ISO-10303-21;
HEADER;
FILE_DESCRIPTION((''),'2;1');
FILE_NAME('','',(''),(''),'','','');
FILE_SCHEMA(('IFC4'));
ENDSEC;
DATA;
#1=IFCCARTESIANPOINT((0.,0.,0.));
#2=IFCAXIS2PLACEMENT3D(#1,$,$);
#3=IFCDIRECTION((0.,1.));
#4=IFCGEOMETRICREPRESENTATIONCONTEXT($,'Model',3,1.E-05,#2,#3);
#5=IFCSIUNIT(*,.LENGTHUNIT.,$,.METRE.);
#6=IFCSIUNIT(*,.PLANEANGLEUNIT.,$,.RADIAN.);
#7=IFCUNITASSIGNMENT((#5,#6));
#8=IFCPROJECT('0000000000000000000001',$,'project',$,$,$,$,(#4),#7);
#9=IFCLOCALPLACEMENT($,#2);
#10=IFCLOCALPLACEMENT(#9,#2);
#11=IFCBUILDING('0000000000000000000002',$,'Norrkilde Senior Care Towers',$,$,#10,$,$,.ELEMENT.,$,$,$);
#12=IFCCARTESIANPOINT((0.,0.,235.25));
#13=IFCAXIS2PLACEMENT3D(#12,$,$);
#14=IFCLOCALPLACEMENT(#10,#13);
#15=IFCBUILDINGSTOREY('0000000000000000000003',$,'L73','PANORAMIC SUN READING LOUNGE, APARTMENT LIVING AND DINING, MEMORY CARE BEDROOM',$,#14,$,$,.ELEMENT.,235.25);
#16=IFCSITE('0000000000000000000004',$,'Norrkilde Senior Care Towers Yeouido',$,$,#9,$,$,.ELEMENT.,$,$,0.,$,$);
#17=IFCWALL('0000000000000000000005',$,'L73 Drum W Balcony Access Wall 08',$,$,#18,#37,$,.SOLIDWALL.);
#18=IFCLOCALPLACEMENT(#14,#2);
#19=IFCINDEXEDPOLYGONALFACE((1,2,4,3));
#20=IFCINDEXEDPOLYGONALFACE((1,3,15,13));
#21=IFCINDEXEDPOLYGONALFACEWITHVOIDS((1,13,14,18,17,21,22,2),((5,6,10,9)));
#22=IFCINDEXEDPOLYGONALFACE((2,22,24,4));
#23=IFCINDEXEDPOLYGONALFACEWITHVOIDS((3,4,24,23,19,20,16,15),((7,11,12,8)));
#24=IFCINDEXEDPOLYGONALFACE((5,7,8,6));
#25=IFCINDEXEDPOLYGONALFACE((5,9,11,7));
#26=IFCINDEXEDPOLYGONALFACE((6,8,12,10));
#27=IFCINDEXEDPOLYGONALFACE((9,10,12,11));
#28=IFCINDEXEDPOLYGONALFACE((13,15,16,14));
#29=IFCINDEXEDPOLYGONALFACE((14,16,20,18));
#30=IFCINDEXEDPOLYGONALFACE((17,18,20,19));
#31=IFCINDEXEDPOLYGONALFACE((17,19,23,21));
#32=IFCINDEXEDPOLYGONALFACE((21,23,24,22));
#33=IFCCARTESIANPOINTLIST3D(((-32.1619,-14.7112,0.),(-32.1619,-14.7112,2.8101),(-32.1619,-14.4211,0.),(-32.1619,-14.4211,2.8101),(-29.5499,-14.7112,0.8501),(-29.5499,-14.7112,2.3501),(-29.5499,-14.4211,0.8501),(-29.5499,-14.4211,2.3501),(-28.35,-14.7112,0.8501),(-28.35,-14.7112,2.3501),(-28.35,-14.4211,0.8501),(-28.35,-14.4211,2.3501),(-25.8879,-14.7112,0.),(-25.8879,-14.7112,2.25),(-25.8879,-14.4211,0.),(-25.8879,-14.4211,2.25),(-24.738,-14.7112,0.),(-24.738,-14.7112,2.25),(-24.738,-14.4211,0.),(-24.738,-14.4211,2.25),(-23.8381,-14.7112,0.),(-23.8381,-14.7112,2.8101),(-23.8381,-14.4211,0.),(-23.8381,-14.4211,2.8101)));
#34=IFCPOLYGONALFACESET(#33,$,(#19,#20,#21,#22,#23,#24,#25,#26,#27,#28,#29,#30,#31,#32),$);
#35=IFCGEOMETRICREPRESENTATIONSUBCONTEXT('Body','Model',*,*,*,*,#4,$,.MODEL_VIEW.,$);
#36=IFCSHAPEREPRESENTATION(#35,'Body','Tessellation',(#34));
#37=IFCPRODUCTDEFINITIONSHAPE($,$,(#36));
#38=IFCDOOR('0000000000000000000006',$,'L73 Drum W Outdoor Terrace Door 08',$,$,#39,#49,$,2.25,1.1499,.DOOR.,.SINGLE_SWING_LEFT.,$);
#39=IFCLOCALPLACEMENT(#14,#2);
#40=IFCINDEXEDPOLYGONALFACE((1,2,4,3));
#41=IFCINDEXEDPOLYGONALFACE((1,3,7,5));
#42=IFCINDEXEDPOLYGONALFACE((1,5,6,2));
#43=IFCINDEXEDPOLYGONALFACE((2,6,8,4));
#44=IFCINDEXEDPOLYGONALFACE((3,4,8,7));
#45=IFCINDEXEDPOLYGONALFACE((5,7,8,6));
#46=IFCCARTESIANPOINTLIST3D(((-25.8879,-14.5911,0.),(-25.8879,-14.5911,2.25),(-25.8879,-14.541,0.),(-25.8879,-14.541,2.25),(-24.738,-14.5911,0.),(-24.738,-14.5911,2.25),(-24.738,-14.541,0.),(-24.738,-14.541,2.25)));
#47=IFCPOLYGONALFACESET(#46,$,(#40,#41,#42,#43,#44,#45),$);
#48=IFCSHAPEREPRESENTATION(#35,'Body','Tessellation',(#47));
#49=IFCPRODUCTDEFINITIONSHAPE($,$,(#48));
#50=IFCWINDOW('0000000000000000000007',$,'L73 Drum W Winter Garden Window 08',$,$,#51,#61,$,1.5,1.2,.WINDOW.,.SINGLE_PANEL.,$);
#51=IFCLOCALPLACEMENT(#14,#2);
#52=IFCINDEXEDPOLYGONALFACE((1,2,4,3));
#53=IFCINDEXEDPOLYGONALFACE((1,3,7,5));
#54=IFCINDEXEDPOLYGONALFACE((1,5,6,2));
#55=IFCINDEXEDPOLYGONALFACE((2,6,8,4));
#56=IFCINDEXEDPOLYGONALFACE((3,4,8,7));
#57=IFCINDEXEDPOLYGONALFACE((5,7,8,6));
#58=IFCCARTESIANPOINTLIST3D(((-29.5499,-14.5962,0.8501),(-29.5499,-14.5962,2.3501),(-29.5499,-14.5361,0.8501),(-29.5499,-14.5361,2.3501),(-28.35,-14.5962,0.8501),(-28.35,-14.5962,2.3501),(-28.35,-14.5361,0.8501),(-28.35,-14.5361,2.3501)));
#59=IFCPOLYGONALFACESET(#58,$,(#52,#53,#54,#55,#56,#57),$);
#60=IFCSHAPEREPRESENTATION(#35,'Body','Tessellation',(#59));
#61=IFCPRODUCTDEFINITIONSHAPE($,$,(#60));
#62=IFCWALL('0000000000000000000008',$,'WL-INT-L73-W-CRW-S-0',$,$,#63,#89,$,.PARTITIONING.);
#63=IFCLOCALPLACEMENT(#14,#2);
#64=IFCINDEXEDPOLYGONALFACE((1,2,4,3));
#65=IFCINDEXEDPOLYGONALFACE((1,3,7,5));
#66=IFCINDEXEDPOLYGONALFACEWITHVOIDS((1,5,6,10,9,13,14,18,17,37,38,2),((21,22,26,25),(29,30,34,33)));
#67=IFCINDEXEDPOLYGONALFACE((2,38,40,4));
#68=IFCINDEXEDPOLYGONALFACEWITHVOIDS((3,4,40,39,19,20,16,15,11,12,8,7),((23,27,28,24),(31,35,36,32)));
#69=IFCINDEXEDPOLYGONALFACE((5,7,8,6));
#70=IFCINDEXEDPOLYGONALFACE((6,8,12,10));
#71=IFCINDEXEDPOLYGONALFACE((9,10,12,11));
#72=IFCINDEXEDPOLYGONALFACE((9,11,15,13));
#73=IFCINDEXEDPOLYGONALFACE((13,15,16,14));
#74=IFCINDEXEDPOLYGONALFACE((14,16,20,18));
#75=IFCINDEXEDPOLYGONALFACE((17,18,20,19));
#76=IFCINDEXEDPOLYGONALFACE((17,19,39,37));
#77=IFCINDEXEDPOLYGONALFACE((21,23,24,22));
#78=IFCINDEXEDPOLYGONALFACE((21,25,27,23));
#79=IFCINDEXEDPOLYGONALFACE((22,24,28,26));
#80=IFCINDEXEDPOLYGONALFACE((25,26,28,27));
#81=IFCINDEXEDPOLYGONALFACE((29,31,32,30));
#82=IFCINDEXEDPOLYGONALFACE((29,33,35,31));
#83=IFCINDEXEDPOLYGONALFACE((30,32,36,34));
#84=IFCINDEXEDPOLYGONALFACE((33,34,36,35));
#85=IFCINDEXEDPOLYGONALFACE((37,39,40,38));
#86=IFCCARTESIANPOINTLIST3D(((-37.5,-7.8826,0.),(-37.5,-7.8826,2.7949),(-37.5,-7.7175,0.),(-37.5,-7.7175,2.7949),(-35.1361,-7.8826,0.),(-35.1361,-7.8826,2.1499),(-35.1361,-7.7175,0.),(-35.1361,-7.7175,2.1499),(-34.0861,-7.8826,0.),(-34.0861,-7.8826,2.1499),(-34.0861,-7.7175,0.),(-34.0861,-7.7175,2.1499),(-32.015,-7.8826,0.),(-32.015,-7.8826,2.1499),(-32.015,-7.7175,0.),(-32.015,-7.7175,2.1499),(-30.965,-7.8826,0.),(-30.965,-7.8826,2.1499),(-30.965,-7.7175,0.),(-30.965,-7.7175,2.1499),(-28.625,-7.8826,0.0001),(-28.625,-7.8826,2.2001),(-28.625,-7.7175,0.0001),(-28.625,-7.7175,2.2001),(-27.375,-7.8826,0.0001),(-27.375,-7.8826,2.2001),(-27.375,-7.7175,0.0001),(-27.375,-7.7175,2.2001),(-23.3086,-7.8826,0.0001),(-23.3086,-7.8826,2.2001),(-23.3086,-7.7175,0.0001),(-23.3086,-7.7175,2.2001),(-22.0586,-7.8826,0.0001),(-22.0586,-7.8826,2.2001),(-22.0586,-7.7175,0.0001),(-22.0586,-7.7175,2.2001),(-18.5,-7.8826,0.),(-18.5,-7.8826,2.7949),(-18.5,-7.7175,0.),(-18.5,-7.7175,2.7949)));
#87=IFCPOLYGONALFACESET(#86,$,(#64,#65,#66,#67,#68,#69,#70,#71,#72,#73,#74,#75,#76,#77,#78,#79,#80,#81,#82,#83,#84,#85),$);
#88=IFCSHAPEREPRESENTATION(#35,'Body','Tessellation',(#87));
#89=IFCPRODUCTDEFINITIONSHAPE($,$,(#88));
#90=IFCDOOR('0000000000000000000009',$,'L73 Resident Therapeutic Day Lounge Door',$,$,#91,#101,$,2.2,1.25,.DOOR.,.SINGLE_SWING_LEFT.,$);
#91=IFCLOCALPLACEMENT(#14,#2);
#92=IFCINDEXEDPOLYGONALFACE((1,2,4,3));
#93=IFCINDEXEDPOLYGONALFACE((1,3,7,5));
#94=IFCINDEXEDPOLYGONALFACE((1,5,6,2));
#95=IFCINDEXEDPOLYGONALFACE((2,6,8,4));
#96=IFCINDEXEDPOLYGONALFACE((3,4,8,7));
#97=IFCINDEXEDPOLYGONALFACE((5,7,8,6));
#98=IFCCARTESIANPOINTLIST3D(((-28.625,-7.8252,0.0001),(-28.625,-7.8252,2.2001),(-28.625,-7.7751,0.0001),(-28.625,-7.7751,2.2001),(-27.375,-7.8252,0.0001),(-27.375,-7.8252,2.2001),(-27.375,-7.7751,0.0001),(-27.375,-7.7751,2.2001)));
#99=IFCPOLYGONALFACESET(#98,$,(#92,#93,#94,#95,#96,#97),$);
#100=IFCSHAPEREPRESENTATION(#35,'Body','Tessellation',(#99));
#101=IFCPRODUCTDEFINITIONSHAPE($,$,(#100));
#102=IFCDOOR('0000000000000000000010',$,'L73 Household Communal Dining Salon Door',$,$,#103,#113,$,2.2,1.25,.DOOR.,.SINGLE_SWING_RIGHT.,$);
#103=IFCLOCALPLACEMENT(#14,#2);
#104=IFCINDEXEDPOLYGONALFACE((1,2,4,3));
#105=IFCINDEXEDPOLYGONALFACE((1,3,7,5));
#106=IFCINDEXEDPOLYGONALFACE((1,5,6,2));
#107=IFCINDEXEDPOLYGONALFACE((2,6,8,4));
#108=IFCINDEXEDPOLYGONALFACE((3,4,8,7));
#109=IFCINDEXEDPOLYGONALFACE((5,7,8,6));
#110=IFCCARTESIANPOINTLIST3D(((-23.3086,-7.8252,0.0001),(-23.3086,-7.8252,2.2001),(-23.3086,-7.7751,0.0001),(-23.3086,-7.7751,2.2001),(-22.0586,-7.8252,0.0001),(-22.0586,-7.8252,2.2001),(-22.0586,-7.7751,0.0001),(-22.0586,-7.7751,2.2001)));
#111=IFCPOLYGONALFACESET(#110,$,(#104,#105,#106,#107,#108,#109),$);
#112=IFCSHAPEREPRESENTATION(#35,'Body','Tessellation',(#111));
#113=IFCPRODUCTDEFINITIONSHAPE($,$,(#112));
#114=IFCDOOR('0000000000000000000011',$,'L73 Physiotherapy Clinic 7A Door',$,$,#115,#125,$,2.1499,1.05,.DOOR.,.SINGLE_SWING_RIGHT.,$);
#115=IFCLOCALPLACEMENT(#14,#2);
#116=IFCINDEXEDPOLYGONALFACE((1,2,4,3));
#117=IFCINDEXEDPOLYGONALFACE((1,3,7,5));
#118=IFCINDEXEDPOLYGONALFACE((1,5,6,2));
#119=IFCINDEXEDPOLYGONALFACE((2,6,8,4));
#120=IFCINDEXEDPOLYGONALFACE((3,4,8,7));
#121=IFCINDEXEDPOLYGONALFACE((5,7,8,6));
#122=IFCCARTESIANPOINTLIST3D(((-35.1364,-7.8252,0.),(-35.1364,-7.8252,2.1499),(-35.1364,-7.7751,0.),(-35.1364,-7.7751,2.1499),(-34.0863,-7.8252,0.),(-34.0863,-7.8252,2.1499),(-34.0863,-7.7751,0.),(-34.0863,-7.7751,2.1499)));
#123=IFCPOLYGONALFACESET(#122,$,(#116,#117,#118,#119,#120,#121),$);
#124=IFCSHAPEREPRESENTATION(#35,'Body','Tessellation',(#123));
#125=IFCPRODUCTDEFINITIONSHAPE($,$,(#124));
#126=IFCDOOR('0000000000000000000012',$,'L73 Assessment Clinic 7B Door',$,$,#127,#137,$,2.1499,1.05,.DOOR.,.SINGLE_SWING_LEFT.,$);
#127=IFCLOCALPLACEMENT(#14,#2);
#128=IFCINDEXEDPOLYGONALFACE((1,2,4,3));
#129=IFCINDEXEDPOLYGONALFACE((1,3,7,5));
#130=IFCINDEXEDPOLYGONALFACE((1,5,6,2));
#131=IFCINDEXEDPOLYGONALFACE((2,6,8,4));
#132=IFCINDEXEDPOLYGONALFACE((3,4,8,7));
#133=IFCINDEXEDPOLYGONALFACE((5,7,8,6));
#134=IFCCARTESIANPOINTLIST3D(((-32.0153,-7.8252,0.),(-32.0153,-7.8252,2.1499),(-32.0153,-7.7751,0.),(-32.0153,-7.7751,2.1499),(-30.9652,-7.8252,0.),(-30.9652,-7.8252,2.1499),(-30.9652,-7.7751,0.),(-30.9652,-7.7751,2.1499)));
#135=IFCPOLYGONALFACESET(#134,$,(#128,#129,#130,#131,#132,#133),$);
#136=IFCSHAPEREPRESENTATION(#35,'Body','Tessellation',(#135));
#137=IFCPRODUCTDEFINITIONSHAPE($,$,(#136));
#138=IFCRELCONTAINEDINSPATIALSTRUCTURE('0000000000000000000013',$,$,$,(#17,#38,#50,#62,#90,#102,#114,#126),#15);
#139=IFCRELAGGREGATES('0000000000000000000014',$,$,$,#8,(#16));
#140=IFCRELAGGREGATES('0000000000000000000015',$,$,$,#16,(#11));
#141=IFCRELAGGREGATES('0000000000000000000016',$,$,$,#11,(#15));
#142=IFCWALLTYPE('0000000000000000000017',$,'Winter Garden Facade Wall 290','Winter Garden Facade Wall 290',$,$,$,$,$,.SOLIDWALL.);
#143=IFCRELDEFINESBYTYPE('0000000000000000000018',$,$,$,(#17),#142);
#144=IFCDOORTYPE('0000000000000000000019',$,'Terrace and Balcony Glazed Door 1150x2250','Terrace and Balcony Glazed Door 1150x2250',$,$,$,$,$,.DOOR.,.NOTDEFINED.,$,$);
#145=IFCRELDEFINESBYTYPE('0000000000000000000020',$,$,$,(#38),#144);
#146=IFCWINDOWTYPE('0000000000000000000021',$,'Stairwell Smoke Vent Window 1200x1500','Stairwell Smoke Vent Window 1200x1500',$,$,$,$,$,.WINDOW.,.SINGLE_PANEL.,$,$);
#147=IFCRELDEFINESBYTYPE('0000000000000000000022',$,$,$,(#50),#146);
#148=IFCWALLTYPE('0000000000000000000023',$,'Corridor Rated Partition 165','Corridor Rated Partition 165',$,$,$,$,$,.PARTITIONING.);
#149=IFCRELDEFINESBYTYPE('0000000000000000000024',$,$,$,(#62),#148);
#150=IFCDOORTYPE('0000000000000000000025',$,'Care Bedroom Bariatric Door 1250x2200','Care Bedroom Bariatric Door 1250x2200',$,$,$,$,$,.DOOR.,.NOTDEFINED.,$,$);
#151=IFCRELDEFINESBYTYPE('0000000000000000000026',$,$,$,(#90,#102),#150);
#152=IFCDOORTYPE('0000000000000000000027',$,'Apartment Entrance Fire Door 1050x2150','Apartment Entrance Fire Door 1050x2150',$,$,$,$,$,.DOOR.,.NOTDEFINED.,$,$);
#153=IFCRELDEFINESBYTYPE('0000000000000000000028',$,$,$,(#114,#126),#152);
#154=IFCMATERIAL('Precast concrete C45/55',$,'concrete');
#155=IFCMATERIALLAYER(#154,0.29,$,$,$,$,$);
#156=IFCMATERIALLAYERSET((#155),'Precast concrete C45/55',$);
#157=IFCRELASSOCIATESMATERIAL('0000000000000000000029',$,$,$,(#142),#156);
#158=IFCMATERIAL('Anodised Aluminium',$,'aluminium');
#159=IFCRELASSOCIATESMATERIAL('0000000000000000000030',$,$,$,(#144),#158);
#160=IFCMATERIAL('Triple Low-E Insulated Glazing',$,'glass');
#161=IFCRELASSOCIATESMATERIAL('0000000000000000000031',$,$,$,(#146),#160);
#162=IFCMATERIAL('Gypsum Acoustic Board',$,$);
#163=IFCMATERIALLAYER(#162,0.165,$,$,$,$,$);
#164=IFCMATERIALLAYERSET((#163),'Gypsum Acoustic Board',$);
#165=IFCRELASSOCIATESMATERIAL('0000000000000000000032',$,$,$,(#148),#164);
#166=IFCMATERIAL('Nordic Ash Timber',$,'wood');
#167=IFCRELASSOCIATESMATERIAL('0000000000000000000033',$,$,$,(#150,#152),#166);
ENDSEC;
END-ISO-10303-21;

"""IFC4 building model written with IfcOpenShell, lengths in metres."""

from ifc_helpers import new_model, si_unit, direction, frame, frame_2d, origin, place, context, subcontext, project, spatial, rectangle, extrude, source, transform, mapped, material, layer, layer_set, type_object, type_shapes, element, fill, save


model = new_model("IFC4")

# Units and contexts
model_context = context("Model", 3, precision=1e-05, world=origin(), true_north=direction((0.0, 1.0)))
body_context = subcontext(model_context, "Body", "Model", "MODEL_VIEW")
ifc_project = project(units=[si_unit("LENGTHUNIT", "METRE"), si_unit("PLANEANGLEUNIT", "RADIAN")], contexts=[model_context])

# Site, building, storey
site_placement = place(None, origin())
site = spatial("IfcSite", under=ifc_project, at=site_placement, Name="Norrkilde Senior Care Towers Yeouido", CompositionType="ELEMENT", RefElevation=0.0)
building_placement = place(site_placement, origin())
building = spatial("IfcBuilding", under=site, at=building_placement, Name="Norrkilde Senior Care Towers", CompositionType="ELEMENT")
storey_placement = place(building_placement, frame((0.0, 0.0, 235.25)))
storey = spatial("IfcBuildingStorey", under=building, at=storey_placement, Name="L73", Description="PANORAMIC SUN READING LOUNGE, APARTMENT LIVING AND DINING, MEMORY CARE BEDROOM", CompositionType="ELEMENT", Elevation=235.25)

# Shared definitions
ifc_material_1 = material(Name="Triple Low-E Insulated Glazing", Category="glass")
ifc_material_2 = material(Name="Anodised Aluminium", Category="aluminium")

# Wall, openings, door, window
ifc_material_3 = material(Name="Precast concrete C45/55", Category="concrete")
ifc_layer_1 = layer(ifc_material_3, 0.29)
ifc_layer_set_1 = layer_set([ifc_layer_1], Name="Precast concrete C45/55")
wall_type_1 = type_object("IfcWallType", Name="Winter Garden Facade Wall 290", Description="Winter Garden Facade Wall 290", PredefinedType="SOLIDWALL", material=ifc_layer_set_1)
shared_shape_1 = source(origin(), body_context, "Body", "SweptSolid", [
    extrude(rectangle(XDim=8.3237, YDim=0.29, at=frame_2d((4.1619, 0.0))), origin(), (0.0, 0.0, 1.0), 2.8101),
])
type_shapes(wall_type_1, [shared_shape_1])
wall_1_placement = place(storey_placement, frame((-23.8381, -14.5662, 0.0), z_axis=(0.0, 0.0, 1.0), x_axis=(-1.0, 0.0, 0.0)))
wall_1 = element("IfcWall", 1, at=wall_1_placement, inside=storey, type_object=wall_type_1, Name="L73 Drum W Balcony Access Wall 08", PredefinedType="SOLIDWALL", context=body_context, shape_type="MappedRepresentation", body=[
    mapped(shared_shape_1, transform((0.0, 0.0, 0.0), x_axis=(1.0, 0.0, 0.0), y_axis=(0.0, 1.0, 0.0), z_axis=(0.0, 0.0, 1.0), scale=1.0)),
])
opening_1_placement = place(wall_1_placement, frame((0.8999, 0.0, 0.0)))
opening_1 = element("IfcOpeningElement", 2, at=opening_1_placement, cuts=wall_1, PredefinedType="OPENING", context=body_context, shape_type="SweptSolid", body=[
    extrude(rectangle(XDim=1.1499, YDim=2.25, at=frame_2d((0.575, 1.125))), frame((0.0, 0.155, 0.0), z_axis=(0.0, -1.0, 0.0), x_axis=(1.0, 0.0, 0.0)), (0.0, 0.0, 1.0), 0.3101),
])
opening_2_placement = place(wall_1_placement, frame((4.5117, 0.0, 0.8501)))
opening_2 = element("IfcOpeningElement", 3, at=opening_2_placement, cuts=wall_1, PredefinedType="OPENING", context=body_context, shape_type="SweptSolid", body=[
    extrude(rectangle(XDim=1.2, YDim=1.5, at=frame_2d((0.6001, 0.75))), frame((0.0, 0.155, 0.0), z_axis=(0.0, -1.0, 0.0), x_axis=(1.0, 0.0, 0.0)), (0.0, 0.0, 1.0), 0.3101),
])
door_type_1 = type_object("IfcDoorType", Name="Terrace and Balcony Glazed Door 1150x2250", Description="Terrace and Balcony Glazed Door 1150x2250", OperationType="NOTDEFINED", PredefinedType="DOOR", material=ifc_material_2)
shared_shape_2 = source(origin(), body_context, "Body", "SweptSolid", [
    extrude(rectangle(XDim=1.1499, YDim=2.25, at=frame_2d((0.575, 1.125))), frame((0.0, 0.0249, 0.0), z_axis=(0.0, -1.0, 0.0), x_axis=(1.0, 0.0, 0.0)), (0.0, 0.0, 1.0), 0.05),
])
type_shapes(door_type_1, [shared_shape_2])
door_1_placement = place(opening_1_placement, origin())
door_1 = element("IfcDoor", 4, at=door_1_placement, inside=storey, type_object=door_type_1, Name="L73 Drum W Outdoor Terrace Door 08", OperationType="SINGLE_SWING_LEFT", OverallHeight=2.25, OverallWidth=1.1499, PredefinedType="DOOR", context=body_context, shape_type="MappedRepresentation", body=[
    mapped(shared_shape_2, transform((0.0, 0.0, 0.0), x_axis=(1.0, 0.0, 0.0), y_axis=(0.0, 1.0, 0.0), z_axis=(0.0, 0.0, 1.0), scale=1.0)),
])
fill(opening_1, door_1)
window_type = type_object("IfcWindowType", Name="Stairwell Smoke Vent Window 1200x1500", Description="Stairwell Smoke Vent Window 1200x1500", PartitioningType="SINGLE_PANEL", PredefinedType="WINDOW", material=ifc_material_1)
shared_shape_3 = source(origin(), body_context, "Body", "SweptSolid", [
    extrude(rectangle(XDim=1.2, YDim=1.5, at=frame_2d((0.6001, 0.75))), frame((0.0, 0.03, 0.0), z_axis=(0.0, -1.0, 0.0), x_axis=(1.0, 0.0, 0.0)), (0.0, 0.0, 1.0), 0.0601),
])
type_shapes(window_type, [shared_shape_3])
window_placement = place(opening_2_placement, origin())
window = element("IfcWindow", 5, at=window_placement, inside=storey, type_object=window_type, Name="L73 Drum W Winter Garden Window 08", OverallHeight=1.5, OverallWidth=1.2, PartitioningType="SINGLE_PANEL", PredefinedType="WINDOW", context=body_context, shape_type="MappedRepresentation", body=[
    mapped(shared_shape_3, transform((0.0, 0.0, 0.0), x_axis=(1.0, 0.0, 0.0), y_axis=(0.0, 1.0, 0.0), z_axis=(0.0, 0.0, 1.0), scale=1.0)),
])
fill(opening_2, window)

# Wall, openings, doors
ifc_material_4 = material(Name="Gypsum Acoustic Board")
ifc_layer_2 = layer(ifc_material_4, 0.165)
ifc_layer_set_2 = layer_set([ifc_layer_2], Name="Gypsum Acoustic Board")
wall_type_2 = type_object("IfcWallType", Name="Corridor Rated Partition 165", Description="Corridor Rated Partition 165", PredefinedType="PARTITIONING", material=ifc_layer_set_2)
shared_shape_4 = source(origin(), body_context, "Body", "SweptSolid", [
    extrude(rectangle(XDim=19.0, YDim=0.165, at=frame_2d((9.5, 0.0))), origin(), (0.0, 0.0, 1.0), 2.7949),
])
type_shapes(wall_type_2, [shared_shape_4])
wall_2_placement = place(storey_placement, frame((-18.5, -7.8, 0.0), z_axis=(0.0, 0.0, 1.0), x_axis=(-1.0, 0.0, 0.0)))
wall_2 = element("IfcWall", 6, at=wall_2_placement, inside=storey, type_object=wall_type_2, Name="WL-INT-L73-W-CRW-S-0", PredefinedType="PARTITIONING", context=body_context, shape_type="MappedRepresentation", body=[
    mapped(shared_shape_4, transform((0.0, 0.0, 0.0), x_axis=(1.0, 0.0, 0.0), y_axis=(0.0, 1.0, 0.0), z_axis=(0.0, 0.0, 1.0), scale=1.0)),
])
opening_3_placement = place(wall_2_placement, frame((15.5862, 0.0, 0.0)))
opening_3 = element("IfcOpeningElement", 7, at=opening_3_placement, cuts=wall_2, PredefinedType="OPENING", context=body_context, shape_type="SweptSolid", body=[
    extrude(rectangle(XDim=1.05, YDim=2.1499, at=frame_2d((0.5249, 1.075))), frame((0.0, 0.0925, 0.0), z_axis=(0.0, -1.0, 0.0), x_axis=(1.0, 0.0, 0.0)), (0.0, 0.0, 1.0), 0.1851),
])
opening_4_placement = place(wall_2_placement, frame((12.4651, 0.0, 0.0)))
opening_4 = element("IfcOpeningElement", 8, at=opening_4_placement, cuts=wall_2, PredefinedType="OPENING", context=body_context, shape_type="SweptSolid", body=[
    extrude(rectangle(XDim=1.05, YDim=2.1499, at=frame_2d((0.5249, 1.075))), frame((0.0, 0.0925, 0.0), z_axis=(0.0, -1.0, 0.0), x_axis=(1.0, 0.0, 0.0)), (0.0, 0.0, 1.0), 0.1851),
])
opening_5_placement = place(wall_2_placement, frame((8.875, 0.0, 0.0)))
opening_5 = element("IfcOpeningElement", 9, at=opening_5_placement, cuts=wall_2, PredefinedType="OPENING", context=body_context, shape_type="SweptSolid", body=[
    extrude(rectangle(XDim=1.25, YDim=2.2, at=frame_2d((0.625, 1.1001))), frame((0.0, 0.0925, 0.0), z_axis=(0.0, -1.0, 0.0), x_axis=(1.0, 0.0, 0.0)), (0.0, 0.0, 1.0), 0.1851),
])
opening_6_placement = place(wall_2_placement, frame((3.5586, 0.0, 0.0)))
opening_6 = element("IfcOpeningElement", 10, at=opening_6_placement, cuts=wall_2, PredefinedType="OPENING", context=body_context, shape_type="SweptSolid", body=[
    extrude(rectangle(XDim=1.25, YDim=2.2, at=frame_2d((0.625, 1.1001))), frame((0.0, 0.0925, 0.0), z_axis=(0.0, -1.0, 0.0), x_axis=(1.0, 0.0, 0.0)), (0.0, 0.0, 1.0), 0.1851),
])
ifc_material_5 = material(Name="Nordic Ash Timber", Category="wood")
door_type_2 = type_object("IfcDoorType", Name="Care Bedroom Bariatric Door 1250x2200", Description="Care Bedroom Bariatric Door 1250x2200", OperationType="NOTDEFINED", PredefinedType="DOOR", material=ifc_material_5)
shared_shape_5 = source(origin(), body_context, "Body", "SweptSolid", [
    extrude(rectangle(XDim=1.25, YDim=2.2, at=frame_2d((0.625, 1.1001))), frame((0.0, 0.0249, 0.0), z_axis=(0.0, -1.0, 0.0), x_axis=(1.0, 0.0, 0.0)), (0.0, 0.0, 1.0), 0.05),
])
type_shapes(door_type_2, [shared_shape_5])
door_2_placement = place(opening_5_placement, frame((1.25, 0.0, 0.0), z_axis=(0.0, 0.0, 1.0), x_axis=(-1.0, 0.0, 0.0)))
door_2 = element("IfcDoor", 11, at=door_2_placement, inside=storey, type_object=door_type_2, Name="L73 Resident Therapeutic Day Lounge Door", OperationType="SINGLE_SWING_LEFT", OverallHeight=2.2, OverallWidth=1.25, PredefinedType="DOOR", context=body_context, shape_type="MappedRepresentation", body=[
    mapped(shared_shape_5, transform((0.0, 0.0, 0.0), x_axis=(1.0, 0.0, 0.0), y_axis=(0.0, 1.0, 0.0), z_axis=(0.0, 0.0, 1.0), scale=1.0)),
])
fill(opening_5, door_2)
door_3_placement = place(opening_6_placement, frame((1.25, 0.0, 0.0), z_axis=(0.0, 0.0, 1.0), x_axis=(-1.0, 0.0, 0.0)))
door_3 = element("IfcDoor", 12, at=door_3_placement, inside=storey, type_object=door_type_2, Name="L73 Household Communal Dining Salon Door", OperationType="SINGLE_SWING_RIGHT", OverallHeight=2.2, OverallWidth=1.25, PredefinedType="DOOR", context=body_context, shape_type="MappedRepresentation", body=[
    mapped(shared_shape_5, transform((0.0, 0.0, 0.0), x_axis=(1.0, 0.0, 0.0), y_axis=(0.0, 1.0, 0.0), z_axis=(0.0, 0.0, 1.0), scale=1.0)),
])
fill(opening_6, door_3)
door_type_3 = type_object("IfcDoorType", Name="Apartment Entrance Fire Door 1050x2150", Description="Apartment Entrance Fire Door 1050x2150", OperationType="NOTDEFINED", PredefinedType="DOOR", material=ifc_material_5)
shared_shape_6 = source(origin(), body_context, "Body", "SweptSolid", [
    extrude(rectangle(XDim=1.05, YDim=2.1499, at=frame_2d((0.5249, 1.075))), frame((0.0, 0.0249, 0.0), z_axis=(0.0, -1.0, 0.0), x_axis=(1.0, 0.0, 0.0)), (0.0, 0.0, 1.0), 0.05),
])
type_shapes(door_type_3, [shared_shape_6])
door_4_placement = place(opening_3_placement, frame((1.05, 0.0, 0.0), z_axis=(0.0, 0.0, 1.0), x_axis=(-1.0, 0.0, 0.0)))
door_4 = element("IfcDoor", 13, at=door_4_placement, inside=storey, type_object=door_type_3, Name="L73 Physiotherapy Clinic 7A Door", OperationType="SINGLE_SWING_RIGHT", OverallHeight=2.1499, OverallWidth=1.05, PredefinedType="DOOR", context=body_context, shape_type="MappedRepresentation", body=[
    mapped(shared_shape_6, transform((0.0, 0.0, 0.0), x_axis=(1.0, 0.0, 0.0), y_axis=(0.0, 1.0, 0.0), z_axis=(0.0, 0.0, 1.0), scale=1.0)),
])
fill(opening_3, door_4)
door_5_placement = place(opening_4_placement, frame((1.05, 0.0, 0.0), z_axis=(0.0, 0.0, 1.0), x_axis=(-1.0, 0.0, 0.0)))
door_5 = element("IfcDoor", 14, at=door_5_placement, inside=storey, type_object=door_type_3, Name="L73 Assessment Clinic 7B Door", OperationType="SINGLE_SWING_LEFT", OverallHeight=2.1499, OverallWidth=1.05, PredefinedType="DOOR", context=body_context, shape_type="MappedRepresentation", body=[
    mapped(shared_shape_6, transform((0.0, 0.0, 0.0), x_axis=(1.0, 0.0, 0.0), y_axis=(0.0, 1.0, 0.0), z_axis=(0.0, 0.0, 1.0), scale=1.0)),
])
fill(opening_4, door_5)

save(model, "model.ifc")
